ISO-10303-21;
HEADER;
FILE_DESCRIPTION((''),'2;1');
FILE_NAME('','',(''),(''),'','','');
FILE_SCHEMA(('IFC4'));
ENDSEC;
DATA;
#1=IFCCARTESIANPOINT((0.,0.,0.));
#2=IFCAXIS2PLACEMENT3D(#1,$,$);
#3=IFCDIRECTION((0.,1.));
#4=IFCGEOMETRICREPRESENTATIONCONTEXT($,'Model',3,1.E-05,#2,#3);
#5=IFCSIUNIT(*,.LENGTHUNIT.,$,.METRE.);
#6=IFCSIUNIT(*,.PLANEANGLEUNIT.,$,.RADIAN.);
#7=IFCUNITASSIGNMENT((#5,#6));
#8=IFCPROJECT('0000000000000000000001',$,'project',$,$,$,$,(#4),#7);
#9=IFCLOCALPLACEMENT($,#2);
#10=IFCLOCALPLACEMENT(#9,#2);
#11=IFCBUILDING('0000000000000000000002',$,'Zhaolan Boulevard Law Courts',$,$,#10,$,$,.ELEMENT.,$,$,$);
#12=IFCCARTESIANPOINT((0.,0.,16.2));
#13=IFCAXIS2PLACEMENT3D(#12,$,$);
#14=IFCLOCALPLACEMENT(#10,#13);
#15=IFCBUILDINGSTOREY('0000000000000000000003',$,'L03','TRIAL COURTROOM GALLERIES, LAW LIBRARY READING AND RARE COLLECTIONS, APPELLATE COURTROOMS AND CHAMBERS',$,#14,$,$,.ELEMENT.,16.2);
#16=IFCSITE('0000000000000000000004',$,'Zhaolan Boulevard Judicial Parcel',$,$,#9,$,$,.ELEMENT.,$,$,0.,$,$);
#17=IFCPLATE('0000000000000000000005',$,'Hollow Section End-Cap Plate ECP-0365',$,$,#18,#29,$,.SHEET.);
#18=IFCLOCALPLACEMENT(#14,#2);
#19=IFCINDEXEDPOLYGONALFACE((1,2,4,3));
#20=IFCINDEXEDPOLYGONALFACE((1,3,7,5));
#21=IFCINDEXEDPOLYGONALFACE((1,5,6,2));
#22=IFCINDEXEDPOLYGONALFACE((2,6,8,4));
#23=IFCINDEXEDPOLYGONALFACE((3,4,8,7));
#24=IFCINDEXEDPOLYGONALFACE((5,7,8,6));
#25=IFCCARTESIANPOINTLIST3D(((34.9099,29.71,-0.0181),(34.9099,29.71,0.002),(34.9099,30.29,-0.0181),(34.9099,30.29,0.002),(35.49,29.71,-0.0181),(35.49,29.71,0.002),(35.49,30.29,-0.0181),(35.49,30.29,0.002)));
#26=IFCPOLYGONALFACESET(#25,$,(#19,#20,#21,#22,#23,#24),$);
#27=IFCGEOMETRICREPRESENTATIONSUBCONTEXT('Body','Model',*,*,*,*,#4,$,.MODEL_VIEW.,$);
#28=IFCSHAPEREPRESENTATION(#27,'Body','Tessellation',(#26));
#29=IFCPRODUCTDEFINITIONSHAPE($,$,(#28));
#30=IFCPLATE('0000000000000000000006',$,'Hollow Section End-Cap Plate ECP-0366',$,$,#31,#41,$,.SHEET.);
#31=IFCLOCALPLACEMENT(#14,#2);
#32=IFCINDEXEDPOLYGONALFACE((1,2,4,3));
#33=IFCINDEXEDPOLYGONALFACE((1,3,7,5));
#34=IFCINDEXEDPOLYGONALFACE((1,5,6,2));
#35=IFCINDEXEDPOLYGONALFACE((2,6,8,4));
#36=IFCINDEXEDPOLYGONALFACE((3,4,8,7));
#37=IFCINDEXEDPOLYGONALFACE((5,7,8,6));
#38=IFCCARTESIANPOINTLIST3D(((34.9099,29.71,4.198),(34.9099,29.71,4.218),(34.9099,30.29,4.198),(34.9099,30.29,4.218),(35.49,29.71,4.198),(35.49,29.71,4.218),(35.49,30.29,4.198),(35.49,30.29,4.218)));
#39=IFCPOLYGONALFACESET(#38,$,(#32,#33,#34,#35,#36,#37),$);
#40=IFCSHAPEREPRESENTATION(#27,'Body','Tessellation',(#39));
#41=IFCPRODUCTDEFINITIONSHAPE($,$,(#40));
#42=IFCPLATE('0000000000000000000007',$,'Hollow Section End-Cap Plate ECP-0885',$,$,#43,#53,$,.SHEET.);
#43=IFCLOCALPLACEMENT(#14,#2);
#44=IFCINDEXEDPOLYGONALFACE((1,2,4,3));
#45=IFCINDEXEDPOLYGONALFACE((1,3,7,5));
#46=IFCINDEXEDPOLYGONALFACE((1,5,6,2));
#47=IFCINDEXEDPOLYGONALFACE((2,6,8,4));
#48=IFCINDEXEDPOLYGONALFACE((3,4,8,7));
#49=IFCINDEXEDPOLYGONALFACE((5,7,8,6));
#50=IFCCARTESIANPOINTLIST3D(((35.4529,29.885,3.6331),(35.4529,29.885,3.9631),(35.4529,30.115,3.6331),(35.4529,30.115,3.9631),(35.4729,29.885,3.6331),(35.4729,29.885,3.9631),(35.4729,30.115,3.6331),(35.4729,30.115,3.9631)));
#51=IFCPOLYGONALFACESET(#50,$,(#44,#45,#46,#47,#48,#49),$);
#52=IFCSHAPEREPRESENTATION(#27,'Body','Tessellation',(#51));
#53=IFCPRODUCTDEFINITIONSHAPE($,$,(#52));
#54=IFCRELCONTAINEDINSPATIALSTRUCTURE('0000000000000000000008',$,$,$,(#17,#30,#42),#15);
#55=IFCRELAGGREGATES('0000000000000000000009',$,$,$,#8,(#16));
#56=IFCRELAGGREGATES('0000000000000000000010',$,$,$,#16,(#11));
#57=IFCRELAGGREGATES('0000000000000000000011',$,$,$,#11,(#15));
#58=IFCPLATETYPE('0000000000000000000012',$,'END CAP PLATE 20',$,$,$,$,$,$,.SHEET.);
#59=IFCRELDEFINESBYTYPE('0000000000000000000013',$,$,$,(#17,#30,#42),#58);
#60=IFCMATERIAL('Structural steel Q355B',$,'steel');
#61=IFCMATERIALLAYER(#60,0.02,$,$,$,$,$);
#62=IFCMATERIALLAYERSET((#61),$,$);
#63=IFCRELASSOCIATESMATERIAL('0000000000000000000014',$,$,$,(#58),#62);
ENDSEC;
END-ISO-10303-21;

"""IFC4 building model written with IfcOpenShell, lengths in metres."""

from ifc_helpers import new_model, si_unit, direction, frame, origin, origin_2d, place, context, subcontext, project, spatial, rectangle, extrude, material, layer, layer_set, type_object, element, save


model = new_model("IFC4")

# Units and contexts
model_context = context("Model", 3, precision=1e-05, world=origin(), true_north=direction((0.0, 1.0)))
body_context = subcontext(model_context, "Body", "Model", "MODEL_VIEW")
ifc_project = project(units=[si_unit("LENGTHUNIT", "METRE"), si_unit("PLANEANGLEUNIT", "RADIAN")], contexts=[model_context])

# Site, building, storey
site_placement = place(None, origin())
site = spatial("IfcSite", under=ifc_project, at=site_placement, Name="Zhaolan Boulevard Judicial Parcel", CompositionType="ELEMENT", RefElevation=0.0)
building_placement = place(site_placement, origin())
building = spatial("IfcBuilding", under=site, at=building_placement, Name="Zhaolan Boulevard Law Courts", CompositionType="ELEMENT")
storey_placement = place(building_placement, frame((0.0, 0.0, 16.2)))
storey = spatial("IfcBuildingStorey", under=building, at=storey_placement, Name="L03", Description="TRIAL COURTROOM GALLERIES, LAW LIBRARY READING AND RARE COLLECTIONS, APPELLATE COURTROOMS AND CHAMBERS", CompositionType="ELEMENT", Elevation=16.2)

# Plates
ifc_material_1 = material(Name="Structural steel Q355B", Category="steel")
ifc_layer_1 = layer(ifc_material_1, 0.02)
ifc_layer_set_1 = layer_set([ifc_layer_1])
plate_type_1 = type_object("IfcPlateType", Name="END CAP PLATE 20", PredefinedType="SHEET", material=ifc_layer_set_1)
for number, where, z_axis, x_axis, name in (
    (1, (35.2, 30.0, -0.0181), (0.0, 0.0, 1.0), (1.0, 0.0, 0.0), "Hollow Section End-Cap Plate ECP-0365"),
    (2, (35.2, 30.0, 4.198), (0.0, 0.0, 1.0), (1.0, 0.0, 0.0), "Hollow Section End-Cap Plate ECP-0366"),
):
    element("IfcPlate", number, at=place(storey_placement, frame(where, z_axis=z_axis, x_axis=x_axis)), inside=storey, type_object=plate_type_1, Name=name, PredefinedType="SHEET", context=body_context, shape_type="SweptSolid", body=[
        extrude(rectangle(XDim=0.5801, YDim=0.5801, at=origin_2d()), origin(), (0.0, 0.0, 1.0), 0.02),
    ])
plate_1_placement = place(storey_placement, frame((35.4629, 30.0, 3.6331), z_axis=(0.0, 0.0, 1.0), x_axis=(1.0, 0.0, 0.0)))
element("IfcPlate", 3, at=plate_1_placement, inside=storey, type_object=plate_type_1, Name="Hollow Section End-Cap Plate ECP-0885", PredefinedType="SHEET", context=body_context, shape_type="SweptSolid", body=[
    extrude(rectangle(XDim=0.02, YDim=0.23, at=origin_2d()), origin(), (0.0, 0.0, 1.0), 0.3301),
])

save(model, "model.ifc")
